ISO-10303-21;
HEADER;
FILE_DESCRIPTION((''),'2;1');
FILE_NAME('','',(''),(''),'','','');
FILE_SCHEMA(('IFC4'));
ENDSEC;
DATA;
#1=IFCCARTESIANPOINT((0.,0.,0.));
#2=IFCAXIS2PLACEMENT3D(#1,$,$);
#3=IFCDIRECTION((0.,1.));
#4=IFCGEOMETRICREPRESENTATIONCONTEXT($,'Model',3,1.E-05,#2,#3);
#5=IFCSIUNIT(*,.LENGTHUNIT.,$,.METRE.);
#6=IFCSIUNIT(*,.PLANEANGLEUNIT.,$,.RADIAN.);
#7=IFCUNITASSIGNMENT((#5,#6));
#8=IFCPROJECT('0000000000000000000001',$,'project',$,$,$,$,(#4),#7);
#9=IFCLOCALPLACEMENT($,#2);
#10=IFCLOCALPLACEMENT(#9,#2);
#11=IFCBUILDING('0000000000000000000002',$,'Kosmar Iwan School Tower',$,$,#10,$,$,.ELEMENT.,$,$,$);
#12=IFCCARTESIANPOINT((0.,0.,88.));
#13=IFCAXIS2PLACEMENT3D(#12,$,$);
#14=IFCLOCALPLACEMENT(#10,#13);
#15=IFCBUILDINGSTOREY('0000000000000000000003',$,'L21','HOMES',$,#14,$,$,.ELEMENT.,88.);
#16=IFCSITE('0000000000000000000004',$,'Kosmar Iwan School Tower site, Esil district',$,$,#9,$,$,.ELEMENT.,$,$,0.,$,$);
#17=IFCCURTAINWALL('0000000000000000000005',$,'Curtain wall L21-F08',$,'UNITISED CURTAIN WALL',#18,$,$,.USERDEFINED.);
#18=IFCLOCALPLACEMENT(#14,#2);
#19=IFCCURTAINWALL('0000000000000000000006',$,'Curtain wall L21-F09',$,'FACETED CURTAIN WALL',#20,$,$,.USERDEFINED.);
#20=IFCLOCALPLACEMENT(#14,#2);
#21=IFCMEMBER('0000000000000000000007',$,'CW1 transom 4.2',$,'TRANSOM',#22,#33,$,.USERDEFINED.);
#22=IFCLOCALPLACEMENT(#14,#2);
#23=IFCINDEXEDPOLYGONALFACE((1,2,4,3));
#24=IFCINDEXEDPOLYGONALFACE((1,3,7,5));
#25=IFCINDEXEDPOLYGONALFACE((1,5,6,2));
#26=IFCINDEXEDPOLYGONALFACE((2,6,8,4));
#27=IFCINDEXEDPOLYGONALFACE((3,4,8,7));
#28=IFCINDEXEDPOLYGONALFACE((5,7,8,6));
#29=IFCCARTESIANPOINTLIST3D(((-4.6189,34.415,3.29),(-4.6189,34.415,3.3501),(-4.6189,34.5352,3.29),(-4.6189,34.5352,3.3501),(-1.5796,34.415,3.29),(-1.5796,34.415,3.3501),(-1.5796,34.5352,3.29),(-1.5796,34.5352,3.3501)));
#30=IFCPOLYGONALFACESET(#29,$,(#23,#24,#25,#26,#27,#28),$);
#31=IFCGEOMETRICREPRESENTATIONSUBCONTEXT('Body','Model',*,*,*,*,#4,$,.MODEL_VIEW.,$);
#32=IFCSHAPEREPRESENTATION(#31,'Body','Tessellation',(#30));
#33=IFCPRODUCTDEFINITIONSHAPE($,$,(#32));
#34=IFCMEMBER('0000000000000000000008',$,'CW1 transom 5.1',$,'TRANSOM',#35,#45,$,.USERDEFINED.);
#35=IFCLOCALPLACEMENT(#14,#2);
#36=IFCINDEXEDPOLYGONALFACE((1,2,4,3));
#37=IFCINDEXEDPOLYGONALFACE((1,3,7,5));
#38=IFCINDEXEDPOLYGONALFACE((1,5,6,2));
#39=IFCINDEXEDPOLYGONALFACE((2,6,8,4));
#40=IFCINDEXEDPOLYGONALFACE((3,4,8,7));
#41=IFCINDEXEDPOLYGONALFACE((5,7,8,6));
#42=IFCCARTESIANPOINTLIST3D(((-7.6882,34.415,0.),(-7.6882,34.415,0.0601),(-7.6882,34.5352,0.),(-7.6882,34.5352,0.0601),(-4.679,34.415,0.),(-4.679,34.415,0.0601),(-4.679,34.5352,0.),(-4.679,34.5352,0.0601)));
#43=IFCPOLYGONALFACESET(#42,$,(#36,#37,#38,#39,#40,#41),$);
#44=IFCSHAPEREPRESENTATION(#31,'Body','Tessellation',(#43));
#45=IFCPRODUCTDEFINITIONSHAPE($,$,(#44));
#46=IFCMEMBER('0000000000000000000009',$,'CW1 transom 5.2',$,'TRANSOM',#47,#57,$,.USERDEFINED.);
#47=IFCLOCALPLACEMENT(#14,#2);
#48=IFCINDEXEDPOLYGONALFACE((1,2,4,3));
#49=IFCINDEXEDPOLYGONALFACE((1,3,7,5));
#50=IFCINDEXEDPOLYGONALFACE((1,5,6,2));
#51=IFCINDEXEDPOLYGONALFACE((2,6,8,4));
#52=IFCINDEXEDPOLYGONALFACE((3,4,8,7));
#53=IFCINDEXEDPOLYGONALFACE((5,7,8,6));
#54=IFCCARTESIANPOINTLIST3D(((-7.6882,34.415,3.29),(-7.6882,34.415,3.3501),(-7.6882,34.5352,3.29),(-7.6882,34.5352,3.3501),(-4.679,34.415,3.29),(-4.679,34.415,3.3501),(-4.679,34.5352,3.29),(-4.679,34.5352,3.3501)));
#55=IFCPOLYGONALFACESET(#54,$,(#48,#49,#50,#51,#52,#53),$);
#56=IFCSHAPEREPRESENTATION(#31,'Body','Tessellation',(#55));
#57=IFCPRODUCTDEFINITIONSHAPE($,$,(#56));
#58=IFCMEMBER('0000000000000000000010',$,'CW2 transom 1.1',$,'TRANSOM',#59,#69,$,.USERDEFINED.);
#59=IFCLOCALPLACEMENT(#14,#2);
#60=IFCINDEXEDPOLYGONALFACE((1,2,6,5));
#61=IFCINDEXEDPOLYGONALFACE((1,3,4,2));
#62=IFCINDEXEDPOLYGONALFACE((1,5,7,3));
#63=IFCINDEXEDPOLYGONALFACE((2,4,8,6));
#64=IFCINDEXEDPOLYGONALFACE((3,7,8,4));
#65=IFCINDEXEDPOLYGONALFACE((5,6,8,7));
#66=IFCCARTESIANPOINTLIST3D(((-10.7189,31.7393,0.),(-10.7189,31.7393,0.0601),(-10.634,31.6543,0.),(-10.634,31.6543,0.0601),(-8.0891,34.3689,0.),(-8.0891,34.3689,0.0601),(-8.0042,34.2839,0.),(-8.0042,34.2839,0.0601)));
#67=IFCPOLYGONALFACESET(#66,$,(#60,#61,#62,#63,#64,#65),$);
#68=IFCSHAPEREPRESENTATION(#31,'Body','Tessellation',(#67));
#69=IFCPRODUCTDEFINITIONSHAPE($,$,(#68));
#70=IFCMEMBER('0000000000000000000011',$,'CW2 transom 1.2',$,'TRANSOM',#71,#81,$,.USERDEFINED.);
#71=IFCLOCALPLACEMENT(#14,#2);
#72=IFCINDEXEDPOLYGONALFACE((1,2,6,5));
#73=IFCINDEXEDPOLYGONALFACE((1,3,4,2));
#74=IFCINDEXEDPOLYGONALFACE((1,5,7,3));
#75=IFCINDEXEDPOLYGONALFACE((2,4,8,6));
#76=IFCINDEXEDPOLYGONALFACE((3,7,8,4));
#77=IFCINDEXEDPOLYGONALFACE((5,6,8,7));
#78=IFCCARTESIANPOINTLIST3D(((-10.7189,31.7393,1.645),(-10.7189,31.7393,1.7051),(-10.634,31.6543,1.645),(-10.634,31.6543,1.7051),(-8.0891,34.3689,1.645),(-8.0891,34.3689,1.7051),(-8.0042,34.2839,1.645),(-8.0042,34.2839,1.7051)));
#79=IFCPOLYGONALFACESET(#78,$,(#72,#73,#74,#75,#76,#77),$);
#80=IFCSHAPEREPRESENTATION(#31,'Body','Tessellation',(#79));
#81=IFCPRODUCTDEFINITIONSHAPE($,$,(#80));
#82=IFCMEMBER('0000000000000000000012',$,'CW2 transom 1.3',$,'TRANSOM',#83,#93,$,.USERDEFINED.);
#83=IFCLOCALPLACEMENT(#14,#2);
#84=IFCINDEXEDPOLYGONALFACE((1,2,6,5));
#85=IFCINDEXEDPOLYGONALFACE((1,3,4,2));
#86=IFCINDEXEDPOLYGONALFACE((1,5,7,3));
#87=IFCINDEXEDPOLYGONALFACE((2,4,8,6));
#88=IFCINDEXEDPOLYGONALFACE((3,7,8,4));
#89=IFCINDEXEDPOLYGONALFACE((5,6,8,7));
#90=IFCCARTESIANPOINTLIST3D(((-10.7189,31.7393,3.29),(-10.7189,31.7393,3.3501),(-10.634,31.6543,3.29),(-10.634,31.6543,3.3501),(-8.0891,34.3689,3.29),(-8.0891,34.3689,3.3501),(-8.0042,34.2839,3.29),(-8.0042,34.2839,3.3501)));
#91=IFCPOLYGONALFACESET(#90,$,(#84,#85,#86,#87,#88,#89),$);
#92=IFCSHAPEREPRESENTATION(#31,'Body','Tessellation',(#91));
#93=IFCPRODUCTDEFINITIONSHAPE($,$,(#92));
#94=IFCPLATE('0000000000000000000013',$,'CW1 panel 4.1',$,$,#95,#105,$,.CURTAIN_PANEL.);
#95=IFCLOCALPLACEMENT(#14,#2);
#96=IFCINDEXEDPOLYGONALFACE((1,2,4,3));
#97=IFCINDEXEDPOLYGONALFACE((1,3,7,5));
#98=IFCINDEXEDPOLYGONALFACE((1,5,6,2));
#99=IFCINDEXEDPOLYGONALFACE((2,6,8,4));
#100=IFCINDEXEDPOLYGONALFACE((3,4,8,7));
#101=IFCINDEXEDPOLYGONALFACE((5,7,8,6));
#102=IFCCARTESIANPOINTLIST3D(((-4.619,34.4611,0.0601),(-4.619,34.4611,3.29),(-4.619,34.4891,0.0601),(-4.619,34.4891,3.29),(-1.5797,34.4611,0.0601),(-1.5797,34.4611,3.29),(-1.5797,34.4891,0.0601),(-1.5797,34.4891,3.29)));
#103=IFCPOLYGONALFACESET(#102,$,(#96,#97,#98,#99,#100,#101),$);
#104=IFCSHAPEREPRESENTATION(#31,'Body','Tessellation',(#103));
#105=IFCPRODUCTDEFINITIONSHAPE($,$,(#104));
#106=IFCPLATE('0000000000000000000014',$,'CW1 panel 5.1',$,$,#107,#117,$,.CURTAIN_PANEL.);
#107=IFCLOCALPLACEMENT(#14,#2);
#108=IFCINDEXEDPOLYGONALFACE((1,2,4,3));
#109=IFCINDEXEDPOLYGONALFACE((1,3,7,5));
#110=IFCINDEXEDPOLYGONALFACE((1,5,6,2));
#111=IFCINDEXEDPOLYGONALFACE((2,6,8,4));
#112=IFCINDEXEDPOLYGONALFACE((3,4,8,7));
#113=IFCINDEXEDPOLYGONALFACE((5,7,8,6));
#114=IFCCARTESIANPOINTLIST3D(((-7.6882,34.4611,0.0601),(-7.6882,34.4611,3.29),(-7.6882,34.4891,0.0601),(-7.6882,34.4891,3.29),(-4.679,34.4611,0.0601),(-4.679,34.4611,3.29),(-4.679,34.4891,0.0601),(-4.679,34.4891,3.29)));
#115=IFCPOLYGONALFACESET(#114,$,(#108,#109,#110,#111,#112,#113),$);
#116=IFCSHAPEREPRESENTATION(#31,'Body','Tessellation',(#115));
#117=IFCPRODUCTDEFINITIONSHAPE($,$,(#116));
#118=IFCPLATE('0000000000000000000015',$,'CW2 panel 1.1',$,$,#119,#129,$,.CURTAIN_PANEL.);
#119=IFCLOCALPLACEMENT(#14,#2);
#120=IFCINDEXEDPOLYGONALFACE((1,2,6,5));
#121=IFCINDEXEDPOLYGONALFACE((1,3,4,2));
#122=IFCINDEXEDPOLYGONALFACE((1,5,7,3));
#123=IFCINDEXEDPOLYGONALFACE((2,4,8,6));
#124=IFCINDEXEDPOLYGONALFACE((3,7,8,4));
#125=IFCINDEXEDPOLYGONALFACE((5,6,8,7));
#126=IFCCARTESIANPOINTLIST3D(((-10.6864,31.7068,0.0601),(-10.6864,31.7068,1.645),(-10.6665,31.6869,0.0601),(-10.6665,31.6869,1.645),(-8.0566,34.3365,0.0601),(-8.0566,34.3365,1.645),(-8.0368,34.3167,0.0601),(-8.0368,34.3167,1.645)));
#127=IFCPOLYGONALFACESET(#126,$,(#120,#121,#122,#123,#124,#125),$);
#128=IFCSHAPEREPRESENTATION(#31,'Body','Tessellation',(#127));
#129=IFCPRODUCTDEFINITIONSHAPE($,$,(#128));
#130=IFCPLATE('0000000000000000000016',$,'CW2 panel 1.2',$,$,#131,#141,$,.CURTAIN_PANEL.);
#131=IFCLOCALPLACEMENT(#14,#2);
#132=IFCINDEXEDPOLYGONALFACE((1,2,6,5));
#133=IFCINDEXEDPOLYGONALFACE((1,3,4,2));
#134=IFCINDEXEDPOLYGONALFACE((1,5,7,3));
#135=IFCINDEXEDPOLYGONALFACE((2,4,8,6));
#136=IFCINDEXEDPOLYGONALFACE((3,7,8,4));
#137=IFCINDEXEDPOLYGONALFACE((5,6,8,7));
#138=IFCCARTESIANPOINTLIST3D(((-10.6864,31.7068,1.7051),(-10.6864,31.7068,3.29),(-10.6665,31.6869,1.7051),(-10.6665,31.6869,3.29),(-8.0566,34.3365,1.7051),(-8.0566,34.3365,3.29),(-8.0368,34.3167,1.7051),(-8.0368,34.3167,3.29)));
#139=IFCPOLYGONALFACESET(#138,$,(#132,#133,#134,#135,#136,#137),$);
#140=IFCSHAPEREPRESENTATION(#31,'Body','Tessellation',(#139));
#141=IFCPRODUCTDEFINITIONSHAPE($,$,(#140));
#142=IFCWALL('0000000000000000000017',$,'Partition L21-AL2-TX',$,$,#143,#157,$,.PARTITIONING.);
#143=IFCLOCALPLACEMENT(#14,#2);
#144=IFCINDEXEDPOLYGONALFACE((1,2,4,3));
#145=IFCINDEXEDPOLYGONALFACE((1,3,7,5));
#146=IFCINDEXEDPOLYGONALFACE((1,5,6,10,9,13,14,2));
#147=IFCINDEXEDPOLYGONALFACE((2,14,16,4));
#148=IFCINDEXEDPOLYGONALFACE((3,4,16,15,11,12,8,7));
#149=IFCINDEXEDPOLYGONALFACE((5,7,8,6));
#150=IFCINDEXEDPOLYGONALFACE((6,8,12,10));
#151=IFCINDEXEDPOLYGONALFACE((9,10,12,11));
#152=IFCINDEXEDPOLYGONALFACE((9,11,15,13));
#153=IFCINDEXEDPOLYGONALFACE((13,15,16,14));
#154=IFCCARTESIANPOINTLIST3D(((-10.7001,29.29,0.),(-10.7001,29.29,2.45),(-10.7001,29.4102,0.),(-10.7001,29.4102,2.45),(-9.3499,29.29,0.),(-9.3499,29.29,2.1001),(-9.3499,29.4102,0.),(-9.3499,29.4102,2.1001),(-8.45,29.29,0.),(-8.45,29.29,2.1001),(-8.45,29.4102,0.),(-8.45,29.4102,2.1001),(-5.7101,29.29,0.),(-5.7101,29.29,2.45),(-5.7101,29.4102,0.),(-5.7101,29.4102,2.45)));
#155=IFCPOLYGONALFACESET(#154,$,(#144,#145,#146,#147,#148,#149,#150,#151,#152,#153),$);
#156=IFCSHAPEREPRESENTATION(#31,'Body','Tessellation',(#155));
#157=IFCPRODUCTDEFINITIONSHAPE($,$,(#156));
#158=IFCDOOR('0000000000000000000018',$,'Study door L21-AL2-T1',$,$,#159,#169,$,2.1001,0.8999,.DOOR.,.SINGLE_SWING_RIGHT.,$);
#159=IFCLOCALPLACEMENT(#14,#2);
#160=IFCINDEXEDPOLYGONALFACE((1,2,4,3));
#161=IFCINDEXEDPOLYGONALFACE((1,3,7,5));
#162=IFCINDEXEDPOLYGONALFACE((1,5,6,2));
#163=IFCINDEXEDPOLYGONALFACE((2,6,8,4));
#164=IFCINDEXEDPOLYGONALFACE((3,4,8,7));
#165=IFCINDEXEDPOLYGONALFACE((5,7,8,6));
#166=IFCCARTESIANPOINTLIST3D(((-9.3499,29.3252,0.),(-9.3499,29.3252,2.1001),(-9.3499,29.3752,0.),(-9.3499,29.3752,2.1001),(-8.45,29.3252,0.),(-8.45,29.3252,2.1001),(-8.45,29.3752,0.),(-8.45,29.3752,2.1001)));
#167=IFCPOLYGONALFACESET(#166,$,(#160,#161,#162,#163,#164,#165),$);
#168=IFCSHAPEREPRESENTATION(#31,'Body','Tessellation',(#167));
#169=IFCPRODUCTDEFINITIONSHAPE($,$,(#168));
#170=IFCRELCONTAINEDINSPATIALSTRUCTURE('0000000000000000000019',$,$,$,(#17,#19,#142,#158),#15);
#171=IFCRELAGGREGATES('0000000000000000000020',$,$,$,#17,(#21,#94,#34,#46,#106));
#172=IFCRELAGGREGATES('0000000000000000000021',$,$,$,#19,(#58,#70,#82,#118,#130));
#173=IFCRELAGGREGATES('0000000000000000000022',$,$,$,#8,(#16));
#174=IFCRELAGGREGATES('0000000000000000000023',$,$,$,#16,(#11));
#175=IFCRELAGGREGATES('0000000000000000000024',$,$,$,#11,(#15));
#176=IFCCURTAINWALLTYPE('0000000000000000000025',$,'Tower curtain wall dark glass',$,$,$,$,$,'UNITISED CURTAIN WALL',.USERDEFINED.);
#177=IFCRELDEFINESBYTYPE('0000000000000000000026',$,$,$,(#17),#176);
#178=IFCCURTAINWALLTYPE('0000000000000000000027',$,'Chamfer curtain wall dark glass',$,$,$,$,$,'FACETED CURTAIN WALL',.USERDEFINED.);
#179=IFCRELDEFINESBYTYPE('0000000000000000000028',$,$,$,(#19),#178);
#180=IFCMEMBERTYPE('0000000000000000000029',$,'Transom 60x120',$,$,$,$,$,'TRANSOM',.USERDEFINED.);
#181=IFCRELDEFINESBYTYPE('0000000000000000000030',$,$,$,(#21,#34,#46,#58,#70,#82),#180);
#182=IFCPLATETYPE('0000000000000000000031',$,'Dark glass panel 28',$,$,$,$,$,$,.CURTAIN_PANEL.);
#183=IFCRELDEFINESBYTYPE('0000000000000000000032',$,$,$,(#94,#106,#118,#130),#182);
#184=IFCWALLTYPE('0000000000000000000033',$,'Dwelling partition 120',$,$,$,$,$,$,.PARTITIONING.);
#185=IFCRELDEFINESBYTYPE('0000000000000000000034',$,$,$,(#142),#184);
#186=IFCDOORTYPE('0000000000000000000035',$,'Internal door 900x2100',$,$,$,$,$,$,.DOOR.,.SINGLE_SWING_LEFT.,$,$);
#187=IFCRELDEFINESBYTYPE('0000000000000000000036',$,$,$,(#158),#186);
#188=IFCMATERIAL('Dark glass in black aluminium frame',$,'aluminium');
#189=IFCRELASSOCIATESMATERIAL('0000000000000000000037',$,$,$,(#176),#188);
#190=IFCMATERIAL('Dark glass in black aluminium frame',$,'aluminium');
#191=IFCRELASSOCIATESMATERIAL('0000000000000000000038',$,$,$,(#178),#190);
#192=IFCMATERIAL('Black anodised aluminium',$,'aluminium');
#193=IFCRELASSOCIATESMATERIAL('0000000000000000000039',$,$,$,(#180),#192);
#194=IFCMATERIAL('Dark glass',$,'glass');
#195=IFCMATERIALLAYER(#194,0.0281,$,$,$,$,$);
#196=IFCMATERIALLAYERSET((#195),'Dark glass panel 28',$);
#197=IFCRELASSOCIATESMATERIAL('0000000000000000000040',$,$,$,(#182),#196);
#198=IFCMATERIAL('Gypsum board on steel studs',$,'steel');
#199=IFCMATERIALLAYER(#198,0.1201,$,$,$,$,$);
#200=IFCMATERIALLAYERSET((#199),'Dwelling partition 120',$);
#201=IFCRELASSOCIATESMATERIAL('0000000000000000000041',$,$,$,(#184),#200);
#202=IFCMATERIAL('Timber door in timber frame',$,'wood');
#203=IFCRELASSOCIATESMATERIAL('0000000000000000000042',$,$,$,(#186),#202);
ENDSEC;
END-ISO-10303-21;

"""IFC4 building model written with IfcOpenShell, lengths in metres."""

from ifc_helpers import new_model, si_unit, direction, frame, frame_2d, origin, origin_2d, place, context, subcontext, project, spatial, rectangle, extrude, material, layer, layer_set, material_profile, profile_set, type_object, element, fill, aggregate, save


model = new_model("IFC4")

# Units and contexts
model_context = context("Model", 3, precision=1e-05, world=origin(), true_north=direction((0.0, 1.0)))
body_context = subcontext(model_context, "Body", "Model", "MODEL_VIEW")
ifc_project = project(units=[si_unit("LENGTHUNIT", "METRE"), si_unit("PLANEANGLEUNIT", "RADIAN")], contexts=[model_context])

# Site, building, storey
site_placement = place(None, origin())
site = spatial("IfcSite", under=ifc_project, at=site_placement, Name="Kosmar Iwan School Tower site, Esil district", CompositionType="ELEMENT", RefElevation=0.0)
building_placement = place(site_placement, origin())
building = spatial("IfcBuilding", under=site, at=building_placement, Name="Kosmar Iwan School Tower", CompositionType="ELEMENT")
storey_placement = place(building_placement, frame((0.0, 0.0, 88.0)))
storey = spatial("IfcBuildingStorey", under=building, at=storey_placement, Name="L21", Description="HOMES", CompositionType="ELEMENT", Elevation=88.0)

# Curtain walls
ifc_material_1 = material(Name="Dark glass in black aluminium frame", Category="aluminium")
curtain_wall_type_1 = type_object("IfcCurtainWallType", Name="Tower curtain wall dark glass", ElementType="UNITISED CURTAIN WALL", PredefinedType="USERDEFINED", material=ifc_material_1)
curtain_wall_1_placement = place(storey_placement, origin())
curtain_wall_1 = element("IfcCurtainWall", 1, at=curtain_wall_1_placement, inside=storey, type_object=curtain_wall_type_1, Name="Curtain wall L21-F08", ObjectType="UNITISED CURTAIN WALL", PredefinedType="USERDEFINED")
ifc_material_2 = material(Name="Dark glass in black aluminium frame", Category="aluminium")
curtain_wall_type_2 = type_object("IfcCurtainWallType", Name="Chamfer curtain wall dark glass", ElementType="FACETED CURTAIN WALL", PredefinedType="USERDEFINED", material=ifc_material_2)
curtain_wall_2_placement = place(storey_placement, origin())
curtain_wall_2 = element("IfcCurtainWall", 2, at=curtain_wall_2_placement, inside=storey, type_object=curtain_wall_type_2, Name="Curtain wall L21-F09", ObjectType="FACETED CURTAIN WALL", PredefinedType="USERDEFINED")

# Members
ifc_material_3 = material(Name="Black anodised aluminium", Category="aluminium")
ifc_material_profile_1 = material_profile(ifc_material_3, rectangle(XDim=0.1201, YDim=0.0601, at=origin_2d()), Name="TRANSOM 60x120")
ifc_profile_set_1 = profile_set([ifc_material_profile_1], Name="Black anodised aluminium")
member_type_1 = type_object("IfcMemberType", Name="Transom 60x120", ElementType="TRANSOM", PredefinedType="USERDEFINED", material=ifc_profile_set_1)
member_1_placement = place(storey_placement, frame((-1.5796, 34.4751, 3.3201), z_axis=(-1.0, 0.0, 0.0), x_axis=(0.0, -1.0, 0.0)))
member_1 = element("IfcMember", 3, at=member_1_placement, type_object=member_type_1, Name="CW1 transom 4.2", ObjectType="TRANSOM", PredefinedType="USERDEFINED", context=body_context, shape_type="SweptSolid", body=[
    extrude(rectangle(XDim=0.1201, YDim=0.0601, at=origin_2d()), origin(), (0.0, 0.0, 1.0), 3.0393),
])
member_2_placement = place(storey_placement, frame((-4.679, 34.4751, 0.03), z_axis=(-1.0, 0.0, 0.0), x_axis=(0.0, -1.0, 0.0)))
member_2 = element("IfcMember", 4, at=member_2_placement, type_object=member_type_1, Name="CW1 transom 5.1", ObjectType="TRANSOM", PredefinedType="USERDEFINED", context=body_context, shape_type="SweptSolid", body=[
    extrude(rectangle(XDim=0.1201, YDim=0.0601, at=origin_2d()), origin(), (0.0, 0.0, 1.0), 3.0093),
])
member_3_placement = place(storey_placement, frame((-4.679, 34.4751, 3.3201), z_axis=(-1.0, 0.0, 0.0), x_axis=(0.0, -1.0, 0.0)))
member_3 = element("IfcMember", 5, at=member_3_placement, type_object=member_type_1, Name="CW1 transom 5.2", ObjectType="TRANSOM", PredefinedType="USERDEFINED", context=body_context, shape_type="SweptSolid", body=[
    extrude(rectangle(XDim=0.1201, YDim=0.0601, at=origin_2d()), origin(), (0.0, 0.0, 1.0), 3.0093),
])
member_4_placement = place(storey_placement, frame((-8.0466, 34.3264, 0.03), z_axis=(-0.70714, -0.707074, 0.0), x_axis=(0.707074, -0.70714, 0.0)))
member_4 = element("IfcMember", 6, at=member_4_placement, type_object=member_type_1, Name="CW2 transom 1.1", ObjectType="TRANSOM", PredefinedType="USERDEFINED", context=body_context, shape_type="SweptSolid", body=[
    extrude(rectangle(XDim=0.1201, YDim=0.0601, at=origin_2d()), origin(), (0.0, 0.0, 1.0), 3.719),
])
member_5_placement = place(storey_placement, frame((-8.0466, 34.3264, 1.675), z_axis=(-0.70714, -0.707074, 0.0), x_axis=(0.707074, -0.70714, 0.0)))
member_5 = element("IfcMember", 7, at=member_5_placement, type_object=member_type_1, Name="CW2 transom 1.2", ObjectType="TRANSOM", PredefinedType="USERDEFINED", context=body_context, shape_type="SweptSolid", body=[
    extrude(rectangle(XDim=0.1201, YDim=0.0601, at=origin_2d()), origin(), (0.0, 0.0, 1.0), 3.719),
])
member_6_placement = place(storey_placement, frame((-8.0466, 34.3264, 3.3201), z_axis=(-0.70714, -0.707074, 0.0), x_axis=(0.707074, -0.70714, 0.0)))
member_6 = element("IfcMember", 8, at=member_6_placement, type_object=member_type_1, Name="CW2 transom 1.3", ObjectType="TRANSOM", PredefinedType="USERDEFINED", context=body_context, shape_type="SweptSolid", body=[
    extrude(rectangle(XDim=0.1201, YDim=0.0601, at=origin_2d()), origin(), (0.0, 0.0, 1.0), 3.719),
])

# Plates
ifc_material_4 = material(Name="Dark glass", Category="glass")
ifc_layer_1 = layer(ifc_material_4, 0.0281)
ifc_layer_set_1 = layer_set([ifc_layer_1], Name="Dark glass panel 28")
plate_type = type_object("IfcPlateType", Name="Dark glass panel 28", PredefinedType="CURTAIN_PANEL", material=ifc_layer_set_1)
plate_1_placement = place(storey_placement, frame((-3.0994, 34.4751, 0.0601), z_axis=(0.0, 0.0, 1.0), x_axis=(-1.0, 0.0, 0.0)))
plate_1 = element("IfcPlate", 9, at=plate_1_placement, type_object=plate_type, Name="CW1 panel 4.1", PredefinedType="CURTAIN_PANEL", context=body_context, shape_type="SweptSolid", body=[
    extrude(rectangle(XDim=3.0393, YDim=0.0281, at=origin_2d()), origin(), (0.0, 0.0, 1.0), 3.23),
])
plate_2_placement = place(storey_placement, frame((-6.1836, 34.4751, 0.0601), z_axis=(0.0, 0.0, 1.0), x_axis=(-1.0, 0.0, 0.0)))
plate_2 = element("IfcPlate", 10, at=plate_2_placement, type_object=plate_type, Name="CW1 panel 5.1", PredefinedType="CURTAIN_PANEL", context=body_context, shape_type="SweptSolid", body=[
    extrude(rectangle(XDim=3.0093, YDim=0.0281, at=origin_2d()), origin(), (0.0, 0.0, 1.0), 3.23),
])
aggregate(curtain_wall_1, [member_1, plate_1, member_2, member_3, plate_2])
plate_3_placement = place(storey_placement, frame((-9.3616, 33.0117, 0.0601), z_axis=(0.0, 0.0, 1.0), x_axis=(-0.707107, -0.707107, 0.0)))
plate_3 = element("IfcPlate", 11, at=plate_3_placement, type_object=plate_type, Name="CW2 panel 1.1", PredefinedType="CURTAIN_PANEL", context=body_context, shape_type="SweptSolid", body=[
    extrude(rectangle(XDim=3.719, YDim=0.0281, at=origin_2d()), origin(), (0.0, 0.0, 1.0), 1.585),
])
plate_4_placement = place(storey_placement, frame((-9.3616, 33.0117, 1.7051), z_axis=(0.0, 0.0, 1.0), x_axis=(-0.707107, -0.707107, 0.0)))
plate_4 = element("IfcPlate", 12, at=plate_4_placement, type_object=plate_type, Name="CW2 panel 1.2", PredefinedType="CURTAIN_PANEL", context=body_context, shape_type="SweptSolid", body=[
    extrude(rectangle(XDim=3.719, YDim=0.0281, at=origin_2d()), origin(), (0.0, 0.0, 1.0), 1.585),
])
aggregate(curtain_wall_2, [member_4, member_5, member_6, plate_3, plate_4])

# Wall, opening, door
ifc_material_5 = material(Name="Gypsum board on steel studs", Category="steel")
ifc_layer_2 = layer(ifc_material_5, 0.1201)
ifc_layer_set_2 = layer_set([ifc_layer_2], Name="Dwelling partition 120")
wall_type_1 = type_object("IfcWallType", Name="Dwelling partition 120", PredefinedType="PARTITIONING", material=ifc_layer_set_2)
wall_1_placement = place(storey_placement, frame((-5.71, 29.3501, 0.0), z_axis=(0.0, 0.0, 1.0), x_axis=(-1.0, 0.0, 0.0)))
wall_1 = element("IfcWall", 13, at=wall_1_placement, inside=storey, type_object=wall_type_1, Name="Partition L21-AL2-TX", PredefinedType="PARTITIONING", context=body_context, shape_type="SweptSolid", body=[
    extrude(rectangle(XDim=4.99, YDim=0.1201, at=frame_2d((2.4951, 0.0))), origin(), (0.0, 0.0, 1.0), 2.45),
])
opening_1_placement = place(wall_1_placement, frame((2.74, 0.0, 0.0)))
opening_1 = element("IfcOpeningElement", 14, at=opening_1_placement, cuts=wall_1, PredefinedType="OPENING", context=body_context, shape_type="SweptSolid", body=[
    extrude(rectangle(XDim=0.8999, YDim=2.1001, at=frame_2d((0.45, 1.05))), frame((0.0, 0.072, 0.0), z_axis=(0.0, -1.0, 0.0), x_axis=(1.0, 0.0, 0.0)), (0.0, 0.0, 1.0), 0.144),
])
ifc_material_6 = material(Name="Timber door in timber frame", Category="wood")
door_type_1 = type_object("IfcDoorType", Name="Internal door 900x2100", OperationType="SINGLE_SWING_LEFT", PredefinedType="DOOR", material=ifc_material_6)
door_1_placement = place(opening_1_placement, origin())
door_1 = element("IfcDoor", 15, at=door_1_placement, inside=storey, type_object=door_type_1, Name="Study door L21-AL2-T1", OperationType="SINGLE_SWING_RIGHT", OverallHeight=2.1001, OverallWidth=0.8999, PredefinedType="DOOR", context=body_context, shape_type="SweptSolid", body=[
    extrude(rectangle(XDim=0.8999, YDim=2.1001, at=frame_2d((0.45, 1.05))), frame((0.0, 0.0249, 0.0), z_axis=(0.0, -1.0, 0.0), x_axis=(1.0, 0.0, 0.0)), (0.0, 0.0, 1.0), 0.05),
])
fill(opening_1, door_1)

save(model, "model.ifc")
